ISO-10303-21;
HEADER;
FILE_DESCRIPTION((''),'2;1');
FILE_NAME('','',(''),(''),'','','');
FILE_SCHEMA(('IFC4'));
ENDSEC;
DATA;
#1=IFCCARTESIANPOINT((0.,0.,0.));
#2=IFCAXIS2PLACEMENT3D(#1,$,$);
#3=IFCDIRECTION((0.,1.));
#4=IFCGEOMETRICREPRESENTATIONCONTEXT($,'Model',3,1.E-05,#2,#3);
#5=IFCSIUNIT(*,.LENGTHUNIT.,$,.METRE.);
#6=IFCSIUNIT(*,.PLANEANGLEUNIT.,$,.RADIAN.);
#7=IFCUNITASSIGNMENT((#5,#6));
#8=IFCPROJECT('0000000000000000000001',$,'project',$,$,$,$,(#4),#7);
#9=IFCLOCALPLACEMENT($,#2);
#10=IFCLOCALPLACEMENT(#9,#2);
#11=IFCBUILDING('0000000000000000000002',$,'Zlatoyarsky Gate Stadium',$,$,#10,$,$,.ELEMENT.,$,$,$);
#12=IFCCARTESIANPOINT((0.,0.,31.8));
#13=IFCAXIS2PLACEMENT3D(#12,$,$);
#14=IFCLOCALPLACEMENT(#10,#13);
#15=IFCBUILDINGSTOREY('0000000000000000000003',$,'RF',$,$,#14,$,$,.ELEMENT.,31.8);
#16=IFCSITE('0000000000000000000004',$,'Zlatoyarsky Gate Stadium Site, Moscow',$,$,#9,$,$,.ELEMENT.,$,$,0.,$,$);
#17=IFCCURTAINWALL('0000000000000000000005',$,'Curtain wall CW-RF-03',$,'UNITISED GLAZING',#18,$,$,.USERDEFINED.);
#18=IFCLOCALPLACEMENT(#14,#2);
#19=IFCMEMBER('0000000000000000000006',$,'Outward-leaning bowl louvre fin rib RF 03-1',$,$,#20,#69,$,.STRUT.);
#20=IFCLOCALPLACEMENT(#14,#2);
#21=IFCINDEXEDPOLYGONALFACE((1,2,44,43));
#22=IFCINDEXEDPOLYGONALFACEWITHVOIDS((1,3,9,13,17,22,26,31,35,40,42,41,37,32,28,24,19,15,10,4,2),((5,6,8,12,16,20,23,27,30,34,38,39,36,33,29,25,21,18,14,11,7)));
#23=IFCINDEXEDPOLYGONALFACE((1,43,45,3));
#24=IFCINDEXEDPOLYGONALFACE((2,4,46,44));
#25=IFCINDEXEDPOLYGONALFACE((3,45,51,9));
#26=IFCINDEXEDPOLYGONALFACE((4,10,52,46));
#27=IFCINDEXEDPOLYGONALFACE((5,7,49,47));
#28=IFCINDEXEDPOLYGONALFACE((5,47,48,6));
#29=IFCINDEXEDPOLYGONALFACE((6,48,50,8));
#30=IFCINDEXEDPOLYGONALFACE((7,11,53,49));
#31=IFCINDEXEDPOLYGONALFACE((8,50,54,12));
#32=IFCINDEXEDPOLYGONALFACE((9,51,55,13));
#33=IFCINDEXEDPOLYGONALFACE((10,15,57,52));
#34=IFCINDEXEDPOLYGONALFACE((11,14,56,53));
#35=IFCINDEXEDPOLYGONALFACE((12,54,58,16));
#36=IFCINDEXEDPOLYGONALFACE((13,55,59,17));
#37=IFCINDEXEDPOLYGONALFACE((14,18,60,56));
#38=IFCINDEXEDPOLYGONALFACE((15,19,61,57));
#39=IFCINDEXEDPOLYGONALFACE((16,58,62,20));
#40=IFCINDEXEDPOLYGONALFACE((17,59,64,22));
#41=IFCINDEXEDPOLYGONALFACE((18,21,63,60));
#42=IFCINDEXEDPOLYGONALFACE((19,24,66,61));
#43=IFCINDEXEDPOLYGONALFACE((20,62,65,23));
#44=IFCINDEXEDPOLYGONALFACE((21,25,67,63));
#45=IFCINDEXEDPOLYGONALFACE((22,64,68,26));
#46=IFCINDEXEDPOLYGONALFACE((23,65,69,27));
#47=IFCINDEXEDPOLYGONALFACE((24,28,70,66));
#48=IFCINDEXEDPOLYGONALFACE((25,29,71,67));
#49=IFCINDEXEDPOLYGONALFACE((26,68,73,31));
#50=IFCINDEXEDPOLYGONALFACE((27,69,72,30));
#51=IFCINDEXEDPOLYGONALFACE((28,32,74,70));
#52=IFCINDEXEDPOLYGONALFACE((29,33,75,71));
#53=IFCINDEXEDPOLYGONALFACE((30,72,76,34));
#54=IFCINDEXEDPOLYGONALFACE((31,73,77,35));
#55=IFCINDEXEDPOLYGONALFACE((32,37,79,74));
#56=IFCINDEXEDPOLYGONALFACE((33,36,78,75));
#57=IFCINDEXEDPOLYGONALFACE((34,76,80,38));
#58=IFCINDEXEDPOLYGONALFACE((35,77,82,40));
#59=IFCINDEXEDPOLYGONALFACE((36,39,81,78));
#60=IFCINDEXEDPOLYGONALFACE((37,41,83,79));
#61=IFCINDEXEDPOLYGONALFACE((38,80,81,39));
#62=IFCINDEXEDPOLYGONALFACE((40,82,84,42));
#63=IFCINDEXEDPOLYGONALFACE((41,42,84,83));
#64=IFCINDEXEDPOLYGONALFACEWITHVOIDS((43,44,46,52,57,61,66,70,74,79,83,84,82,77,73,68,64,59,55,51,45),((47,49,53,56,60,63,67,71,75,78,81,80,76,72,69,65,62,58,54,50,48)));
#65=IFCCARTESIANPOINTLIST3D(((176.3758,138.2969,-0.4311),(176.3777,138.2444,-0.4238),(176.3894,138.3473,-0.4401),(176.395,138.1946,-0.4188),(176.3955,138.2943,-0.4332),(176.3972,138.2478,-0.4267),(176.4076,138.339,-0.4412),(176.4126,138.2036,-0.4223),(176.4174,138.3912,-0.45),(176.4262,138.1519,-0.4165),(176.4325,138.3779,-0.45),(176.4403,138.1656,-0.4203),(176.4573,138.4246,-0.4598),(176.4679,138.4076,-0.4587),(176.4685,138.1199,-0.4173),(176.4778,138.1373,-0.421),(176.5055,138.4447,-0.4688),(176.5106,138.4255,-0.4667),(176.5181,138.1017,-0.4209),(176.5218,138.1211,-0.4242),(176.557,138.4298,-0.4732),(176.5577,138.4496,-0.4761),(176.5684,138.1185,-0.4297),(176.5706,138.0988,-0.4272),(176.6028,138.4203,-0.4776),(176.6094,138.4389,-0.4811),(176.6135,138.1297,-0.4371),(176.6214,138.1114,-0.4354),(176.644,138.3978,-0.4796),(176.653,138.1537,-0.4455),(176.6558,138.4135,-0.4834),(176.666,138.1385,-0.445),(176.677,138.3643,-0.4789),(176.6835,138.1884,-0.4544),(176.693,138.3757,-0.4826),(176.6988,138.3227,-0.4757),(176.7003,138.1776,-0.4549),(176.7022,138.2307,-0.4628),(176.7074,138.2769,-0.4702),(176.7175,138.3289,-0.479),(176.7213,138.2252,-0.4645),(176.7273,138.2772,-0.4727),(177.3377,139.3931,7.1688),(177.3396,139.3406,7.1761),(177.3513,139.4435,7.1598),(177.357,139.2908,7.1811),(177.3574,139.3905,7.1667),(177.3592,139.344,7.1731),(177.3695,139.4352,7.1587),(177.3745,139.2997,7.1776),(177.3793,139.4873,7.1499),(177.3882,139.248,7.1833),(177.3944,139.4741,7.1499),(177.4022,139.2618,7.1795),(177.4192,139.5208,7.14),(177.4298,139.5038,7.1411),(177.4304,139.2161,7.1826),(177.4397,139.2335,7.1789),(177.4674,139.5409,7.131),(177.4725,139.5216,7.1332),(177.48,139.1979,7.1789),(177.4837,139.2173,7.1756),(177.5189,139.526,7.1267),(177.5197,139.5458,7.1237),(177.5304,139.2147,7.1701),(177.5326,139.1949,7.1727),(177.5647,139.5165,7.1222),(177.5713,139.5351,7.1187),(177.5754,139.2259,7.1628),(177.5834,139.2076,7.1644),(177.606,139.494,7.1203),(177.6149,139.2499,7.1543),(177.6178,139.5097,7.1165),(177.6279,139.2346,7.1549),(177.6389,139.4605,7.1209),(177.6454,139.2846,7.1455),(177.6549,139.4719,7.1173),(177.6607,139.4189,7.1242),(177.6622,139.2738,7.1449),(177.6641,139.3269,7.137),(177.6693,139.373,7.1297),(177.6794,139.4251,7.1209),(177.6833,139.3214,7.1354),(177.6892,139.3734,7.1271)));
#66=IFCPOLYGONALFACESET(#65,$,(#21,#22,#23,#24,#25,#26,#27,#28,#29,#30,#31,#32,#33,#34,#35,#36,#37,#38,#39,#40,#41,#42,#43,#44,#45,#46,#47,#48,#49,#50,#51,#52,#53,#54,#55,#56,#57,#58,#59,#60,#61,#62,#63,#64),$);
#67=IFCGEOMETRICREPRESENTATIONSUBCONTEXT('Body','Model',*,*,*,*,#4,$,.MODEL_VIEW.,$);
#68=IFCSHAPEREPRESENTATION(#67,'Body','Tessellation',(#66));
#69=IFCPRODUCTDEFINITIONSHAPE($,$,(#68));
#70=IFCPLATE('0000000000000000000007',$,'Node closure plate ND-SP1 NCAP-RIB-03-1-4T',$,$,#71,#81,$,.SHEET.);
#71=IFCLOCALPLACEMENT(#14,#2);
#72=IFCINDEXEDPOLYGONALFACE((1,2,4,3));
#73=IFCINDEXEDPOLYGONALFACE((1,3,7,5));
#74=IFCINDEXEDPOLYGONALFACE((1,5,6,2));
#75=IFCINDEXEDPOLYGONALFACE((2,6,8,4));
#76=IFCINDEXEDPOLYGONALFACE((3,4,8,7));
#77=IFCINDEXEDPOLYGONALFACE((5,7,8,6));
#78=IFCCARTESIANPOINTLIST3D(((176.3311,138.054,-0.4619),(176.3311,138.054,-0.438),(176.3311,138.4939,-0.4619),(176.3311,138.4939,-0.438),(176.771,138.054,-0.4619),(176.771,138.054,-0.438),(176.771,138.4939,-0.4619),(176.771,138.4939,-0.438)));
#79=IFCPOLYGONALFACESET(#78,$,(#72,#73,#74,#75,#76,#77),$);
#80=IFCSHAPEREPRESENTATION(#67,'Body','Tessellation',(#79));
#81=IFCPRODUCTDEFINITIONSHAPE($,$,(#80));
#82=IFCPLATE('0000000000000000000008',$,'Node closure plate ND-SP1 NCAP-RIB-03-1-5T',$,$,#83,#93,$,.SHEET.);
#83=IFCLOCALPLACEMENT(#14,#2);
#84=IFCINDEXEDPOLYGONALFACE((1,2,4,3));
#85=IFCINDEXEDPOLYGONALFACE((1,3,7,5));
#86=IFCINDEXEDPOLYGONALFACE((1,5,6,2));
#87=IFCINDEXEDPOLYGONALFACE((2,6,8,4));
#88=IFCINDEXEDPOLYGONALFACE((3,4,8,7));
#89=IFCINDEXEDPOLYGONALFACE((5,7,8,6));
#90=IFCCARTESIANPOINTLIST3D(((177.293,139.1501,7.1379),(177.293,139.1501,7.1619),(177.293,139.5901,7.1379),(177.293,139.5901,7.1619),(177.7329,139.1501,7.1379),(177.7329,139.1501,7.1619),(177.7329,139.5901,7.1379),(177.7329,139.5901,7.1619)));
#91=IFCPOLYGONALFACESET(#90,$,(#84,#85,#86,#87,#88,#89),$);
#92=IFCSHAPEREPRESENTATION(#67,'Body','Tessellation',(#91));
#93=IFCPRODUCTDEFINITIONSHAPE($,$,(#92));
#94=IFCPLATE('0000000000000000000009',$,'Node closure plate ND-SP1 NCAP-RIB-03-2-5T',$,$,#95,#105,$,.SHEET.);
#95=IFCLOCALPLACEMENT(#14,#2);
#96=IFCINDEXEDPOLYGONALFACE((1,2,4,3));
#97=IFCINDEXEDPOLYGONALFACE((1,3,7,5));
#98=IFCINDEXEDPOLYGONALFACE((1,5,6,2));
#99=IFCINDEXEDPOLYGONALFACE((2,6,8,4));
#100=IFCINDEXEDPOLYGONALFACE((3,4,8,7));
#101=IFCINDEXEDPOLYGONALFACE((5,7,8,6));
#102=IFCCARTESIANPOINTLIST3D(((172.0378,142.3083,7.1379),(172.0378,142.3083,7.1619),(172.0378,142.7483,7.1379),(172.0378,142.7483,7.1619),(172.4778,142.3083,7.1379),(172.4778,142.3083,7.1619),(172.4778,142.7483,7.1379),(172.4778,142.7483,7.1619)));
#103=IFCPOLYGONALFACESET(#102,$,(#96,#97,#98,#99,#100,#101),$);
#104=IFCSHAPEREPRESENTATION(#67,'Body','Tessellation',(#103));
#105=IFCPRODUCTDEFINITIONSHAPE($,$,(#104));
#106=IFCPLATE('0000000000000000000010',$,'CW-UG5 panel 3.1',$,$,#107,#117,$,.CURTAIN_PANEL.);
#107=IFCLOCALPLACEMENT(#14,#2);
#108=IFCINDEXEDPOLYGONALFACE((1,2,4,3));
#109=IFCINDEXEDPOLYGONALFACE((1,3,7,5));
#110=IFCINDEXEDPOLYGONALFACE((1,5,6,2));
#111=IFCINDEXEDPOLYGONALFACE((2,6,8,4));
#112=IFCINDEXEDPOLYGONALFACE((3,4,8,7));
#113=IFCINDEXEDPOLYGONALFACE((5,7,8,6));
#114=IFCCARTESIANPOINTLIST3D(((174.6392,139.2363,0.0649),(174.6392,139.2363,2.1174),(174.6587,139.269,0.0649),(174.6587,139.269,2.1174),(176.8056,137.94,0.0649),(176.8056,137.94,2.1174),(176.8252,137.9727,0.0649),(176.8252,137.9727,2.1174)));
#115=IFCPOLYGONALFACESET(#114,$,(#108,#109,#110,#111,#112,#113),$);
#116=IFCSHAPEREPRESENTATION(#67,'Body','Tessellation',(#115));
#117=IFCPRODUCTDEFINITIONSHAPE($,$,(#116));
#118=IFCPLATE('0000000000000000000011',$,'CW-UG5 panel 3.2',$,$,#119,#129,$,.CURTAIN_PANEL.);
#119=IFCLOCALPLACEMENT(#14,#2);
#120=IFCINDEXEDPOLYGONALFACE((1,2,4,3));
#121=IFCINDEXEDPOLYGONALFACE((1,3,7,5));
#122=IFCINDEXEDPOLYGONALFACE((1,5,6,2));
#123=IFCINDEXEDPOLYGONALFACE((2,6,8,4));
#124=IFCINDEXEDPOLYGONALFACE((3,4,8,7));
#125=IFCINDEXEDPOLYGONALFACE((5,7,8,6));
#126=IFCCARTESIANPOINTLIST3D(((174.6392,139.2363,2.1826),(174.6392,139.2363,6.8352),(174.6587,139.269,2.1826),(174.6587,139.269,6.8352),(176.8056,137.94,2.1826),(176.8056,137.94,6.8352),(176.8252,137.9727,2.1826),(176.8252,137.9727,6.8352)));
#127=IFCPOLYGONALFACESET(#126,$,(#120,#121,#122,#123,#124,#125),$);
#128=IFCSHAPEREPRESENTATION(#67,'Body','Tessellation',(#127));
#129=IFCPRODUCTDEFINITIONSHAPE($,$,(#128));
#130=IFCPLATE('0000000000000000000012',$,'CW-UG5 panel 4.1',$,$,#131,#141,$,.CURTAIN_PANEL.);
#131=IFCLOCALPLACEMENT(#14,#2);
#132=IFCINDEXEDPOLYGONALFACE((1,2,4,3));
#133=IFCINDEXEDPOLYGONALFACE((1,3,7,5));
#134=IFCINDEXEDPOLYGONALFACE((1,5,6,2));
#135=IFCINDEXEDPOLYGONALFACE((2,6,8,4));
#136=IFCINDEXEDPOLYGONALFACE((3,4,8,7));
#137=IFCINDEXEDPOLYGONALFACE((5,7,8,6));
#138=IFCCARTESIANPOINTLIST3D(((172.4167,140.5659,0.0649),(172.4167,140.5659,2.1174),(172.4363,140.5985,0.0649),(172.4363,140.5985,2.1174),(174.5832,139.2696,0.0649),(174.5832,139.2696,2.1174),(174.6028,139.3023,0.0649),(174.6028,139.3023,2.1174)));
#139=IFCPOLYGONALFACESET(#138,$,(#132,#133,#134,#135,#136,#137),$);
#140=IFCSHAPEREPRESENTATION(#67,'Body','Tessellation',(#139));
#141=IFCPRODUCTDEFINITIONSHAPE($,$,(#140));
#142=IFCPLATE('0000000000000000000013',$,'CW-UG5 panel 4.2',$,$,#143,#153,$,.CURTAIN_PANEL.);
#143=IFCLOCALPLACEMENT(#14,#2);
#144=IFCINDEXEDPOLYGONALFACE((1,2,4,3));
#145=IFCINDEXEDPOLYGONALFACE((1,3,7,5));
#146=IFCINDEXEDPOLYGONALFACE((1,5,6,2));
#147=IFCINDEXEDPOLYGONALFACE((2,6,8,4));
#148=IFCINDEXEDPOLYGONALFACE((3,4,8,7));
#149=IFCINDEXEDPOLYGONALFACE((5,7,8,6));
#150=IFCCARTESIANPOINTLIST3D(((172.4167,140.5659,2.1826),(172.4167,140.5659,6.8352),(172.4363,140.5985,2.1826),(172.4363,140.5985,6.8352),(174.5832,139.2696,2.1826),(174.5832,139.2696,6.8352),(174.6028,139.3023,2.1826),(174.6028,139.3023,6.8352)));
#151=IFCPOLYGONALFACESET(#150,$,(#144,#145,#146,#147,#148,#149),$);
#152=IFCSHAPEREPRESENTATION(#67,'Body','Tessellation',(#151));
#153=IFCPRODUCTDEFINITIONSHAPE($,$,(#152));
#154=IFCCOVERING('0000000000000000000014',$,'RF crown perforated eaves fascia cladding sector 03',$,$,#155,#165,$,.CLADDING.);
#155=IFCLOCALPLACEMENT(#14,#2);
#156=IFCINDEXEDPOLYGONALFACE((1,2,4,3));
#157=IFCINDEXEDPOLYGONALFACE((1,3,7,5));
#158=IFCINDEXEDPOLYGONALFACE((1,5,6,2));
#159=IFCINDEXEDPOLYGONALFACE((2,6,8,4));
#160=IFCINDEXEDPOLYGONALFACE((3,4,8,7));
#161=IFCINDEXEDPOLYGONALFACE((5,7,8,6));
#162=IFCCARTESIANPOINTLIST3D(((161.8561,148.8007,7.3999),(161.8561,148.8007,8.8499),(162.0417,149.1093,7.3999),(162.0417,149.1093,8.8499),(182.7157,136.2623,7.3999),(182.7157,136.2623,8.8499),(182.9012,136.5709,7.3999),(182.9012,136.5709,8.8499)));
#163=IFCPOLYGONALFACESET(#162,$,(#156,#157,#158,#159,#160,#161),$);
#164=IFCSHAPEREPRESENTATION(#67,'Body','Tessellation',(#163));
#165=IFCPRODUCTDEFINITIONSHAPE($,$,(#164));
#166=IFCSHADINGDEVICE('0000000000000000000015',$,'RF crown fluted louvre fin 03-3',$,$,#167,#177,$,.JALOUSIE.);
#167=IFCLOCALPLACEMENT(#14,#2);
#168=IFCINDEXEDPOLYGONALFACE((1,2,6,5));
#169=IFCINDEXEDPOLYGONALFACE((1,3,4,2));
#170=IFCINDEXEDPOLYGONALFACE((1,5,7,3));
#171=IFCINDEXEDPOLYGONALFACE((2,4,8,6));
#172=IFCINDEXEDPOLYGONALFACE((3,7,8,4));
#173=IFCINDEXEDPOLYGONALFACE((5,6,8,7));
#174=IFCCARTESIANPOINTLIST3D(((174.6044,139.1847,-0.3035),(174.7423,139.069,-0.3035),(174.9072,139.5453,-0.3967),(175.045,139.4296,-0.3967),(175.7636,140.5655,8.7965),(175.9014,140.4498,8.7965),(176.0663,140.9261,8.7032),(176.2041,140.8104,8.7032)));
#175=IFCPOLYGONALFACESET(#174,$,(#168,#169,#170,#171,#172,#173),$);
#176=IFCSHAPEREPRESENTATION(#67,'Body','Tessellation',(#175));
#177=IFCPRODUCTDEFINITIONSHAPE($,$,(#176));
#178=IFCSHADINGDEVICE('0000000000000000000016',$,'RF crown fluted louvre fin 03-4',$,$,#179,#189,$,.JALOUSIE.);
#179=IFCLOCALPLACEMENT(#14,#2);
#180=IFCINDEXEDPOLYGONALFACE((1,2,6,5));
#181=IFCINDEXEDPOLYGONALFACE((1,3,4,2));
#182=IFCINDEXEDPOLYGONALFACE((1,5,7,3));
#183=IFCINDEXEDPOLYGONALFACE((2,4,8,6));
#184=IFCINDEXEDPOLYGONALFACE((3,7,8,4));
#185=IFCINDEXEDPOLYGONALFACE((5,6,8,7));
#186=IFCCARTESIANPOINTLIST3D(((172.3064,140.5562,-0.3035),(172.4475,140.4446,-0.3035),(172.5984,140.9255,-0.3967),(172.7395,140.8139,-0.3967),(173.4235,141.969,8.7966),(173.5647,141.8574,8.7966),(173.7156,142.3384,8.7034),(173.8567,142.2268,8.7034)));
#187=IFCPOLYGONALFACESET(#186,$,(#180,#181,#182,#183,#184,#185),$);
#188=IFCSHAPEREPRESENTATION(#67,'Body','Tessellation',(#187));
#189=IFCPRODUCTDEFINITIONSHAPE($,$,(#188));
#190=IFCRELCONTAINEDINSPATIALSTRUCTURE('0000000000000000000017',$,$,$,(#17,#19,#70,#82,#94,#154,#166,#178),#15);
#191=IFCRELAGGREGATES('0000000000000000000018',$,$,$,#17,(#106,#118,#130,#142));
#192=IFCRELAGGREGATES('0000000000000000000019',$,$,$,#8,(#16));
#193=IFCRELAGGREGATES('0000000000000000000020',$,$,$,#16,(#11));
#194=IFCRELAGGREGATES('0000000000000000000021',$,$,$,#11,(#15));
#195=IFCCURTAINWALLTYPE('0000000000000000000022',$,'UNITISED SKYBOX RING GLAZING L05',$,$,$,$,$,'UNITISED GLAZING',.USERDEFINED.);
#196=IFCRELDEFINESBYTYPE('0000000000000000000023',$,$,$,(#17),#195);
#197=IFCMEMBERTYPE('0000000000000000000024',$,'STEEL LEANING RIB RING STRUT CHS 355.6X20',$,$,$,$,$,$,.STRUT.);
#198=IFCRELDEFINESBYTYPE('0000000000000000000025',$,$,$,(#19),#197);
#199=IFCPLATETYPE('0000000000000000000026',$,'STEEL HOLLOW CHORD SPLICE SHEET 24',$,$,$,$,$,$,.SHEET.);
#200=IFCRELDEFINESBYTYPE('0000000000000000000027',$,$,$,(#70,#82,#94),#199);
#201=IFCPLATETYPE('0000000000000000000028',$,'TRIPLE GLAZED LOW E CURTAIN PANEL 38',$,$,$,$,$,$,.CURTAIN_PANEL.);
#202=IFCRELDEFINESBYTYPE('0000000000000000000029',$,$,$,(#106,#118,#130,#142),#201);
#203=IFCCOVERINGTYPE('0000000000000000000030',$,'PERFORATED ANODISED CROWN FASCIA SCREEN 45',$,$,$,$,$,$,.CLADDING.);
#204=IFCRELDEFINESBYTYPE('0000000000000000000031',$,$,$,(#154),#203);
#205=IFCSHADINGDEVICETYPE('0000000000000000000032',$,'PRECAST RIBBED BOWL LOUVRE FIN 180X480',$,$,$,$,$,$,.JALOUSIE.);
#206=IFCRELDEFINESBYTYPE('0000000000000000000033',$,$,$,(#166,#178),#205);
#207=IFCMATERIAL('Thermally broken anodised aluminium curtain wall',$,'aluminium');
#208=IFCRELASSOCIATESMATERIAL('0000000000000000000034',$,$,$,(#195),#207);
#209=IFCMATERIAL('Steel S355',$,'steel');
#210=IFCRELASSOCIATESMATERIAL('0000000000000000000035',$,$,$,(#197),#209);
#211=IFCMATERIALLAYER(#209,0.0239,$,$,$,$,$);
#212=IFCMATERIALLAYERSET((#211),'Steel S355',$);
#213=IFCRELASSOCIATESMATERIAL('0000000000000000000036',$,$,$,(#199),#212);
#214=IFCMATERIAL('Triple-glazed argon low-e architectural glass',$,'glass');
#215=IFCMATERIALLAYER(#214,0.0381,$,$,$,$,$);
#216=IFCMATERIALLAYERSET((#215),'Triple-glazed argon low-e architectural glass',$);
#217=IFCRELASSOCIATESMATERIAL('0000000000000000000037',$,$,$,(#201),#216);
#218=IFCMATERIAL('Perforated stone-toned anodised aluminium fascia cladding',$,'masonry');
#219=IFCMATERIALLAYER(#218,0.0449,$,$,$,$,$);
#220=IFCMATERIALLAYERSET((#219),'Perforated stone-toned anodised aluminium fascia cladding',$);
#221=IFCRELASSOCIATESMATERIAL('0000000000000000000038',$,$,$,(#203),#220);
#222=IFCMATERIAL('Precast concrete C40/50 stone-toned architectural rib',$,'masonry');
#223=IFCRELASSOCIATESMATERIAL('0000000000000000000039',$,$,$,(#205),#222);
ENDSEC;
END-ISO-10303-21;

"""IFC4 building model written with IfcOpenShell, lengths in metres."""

from ifc_helpers import new_model, si_unit, direction, frame, origin, origin_2d, place, context, subcontext, project, spatial, rectangle, hollow_circle, extrude, material, layer, layer_set, material_profile, profile_set, type_object, element, aggregate, save


model = new_model("IFC4")

# Units and contexts
model_context = context("Model", 3, precision=1e-05, world=origin(), true_north=direction((0.0, 1.0)))
body_context = subcontext(model_context, "Body", "Model", "MODEL_VIEW")
ifc_project = project(units=[si_unit("LENGTHUNIT", "METRE"), si_unit("PLANEANGLEUNIT", "RADIAN")], contexts=[model_context])

# Site, building, storey
site_placement = place(None, origin())
site = spatial("IfcSite", under=ifc_project, at=site_placement, Name="Zlatoyarsky Gate Stadium Site, Moscow", CompositionType="ELEMENT", RefElevation=0.0)
building_placement = place(site_placement, origin())
building = spatial("IfcBuilding", under=site, at=building_placement, Name="Zlatoyarsky Gate Stadium", CompositionType="ELEMENT")
storey_placement = place(building_placement, frame((0.0, 0.0, 31.8)))
storey = spatial("IfcBuildingStorey", under=building, at=storey_placement, Name="RF", CompositionType="ELEMENT", Elevation=31.8)

# Curtain wall
ifc_material_1 = material(Name="Thermally broken anodised aluminium curtain wall", Category="aluminium")
curtain_wall_type = type_object("IfcCurtainWallType", Name="UNITISED SKYBOX RING GLAZING L05", ElementType="UNITISED GLAZING", PredefinedType="USERDEFINED", material=ifc_material_1)
curtain_wall_placement = place(storey_placement, origin())
curtain_wall = element("IfcCurtainWall", 1, at=curtain_wall_placement, inside=storey, type_object=curtain_wall_type, Name="Curtain wall CW-RF-03", ObjectType="UNITISED GLAZING", PredefinedType="USERDEFINED")

# Member
ifc_material_2 = material(Name="Steel S355", Category="steel")
ifc_material_profile_1 = material_profile(ifc_material_2, hollow_circle(Radius=0.1777, WallThickness=0.02, at=origin_2d()), Name="CHS 355.6X20")
ifc_profile_set_1 = profile_set([ifc_material_profile_1], Name="Steel S355")
member_type_1 = type_object("IfcMemberType", Name="STEEL LEANING RIB RING STRUT CHS 355.6X20", PredefinedType="STRUT", material=ifc_profile_set_1)
member_1_placement = place(storey_placement, frame((176.551, 138.2739, -0.45), z_axis=(0.124302, 0.141654, 0.982081), x_axis=(-0.751643, 0.659571, 0.0)))
element("IfcMember", 2, at=member_1_placement, inside=storey, type_object=member_type_1, Name="Outward-leaning bowl louvre fin rib RF 03-1", PredefinedType="STRUT", context=body_context, shape_type="SweptSolid", body=[
    extrude(hollow_circle(Radius=0.1777, WallThickness=0.02, at=origin_2d()), origin(), (0.0, 0.0, 1.0), 7.7385),
])

# Plates
ifc_layer_1 = layer(ifc_material_2, 0.0239)
ifc_layer_set_1 = layer_set([ifc_layer_1], Name="Steel S355")
plate_type_1 = type_object("IfcPlateType", Name="STEEL HOLLOW CHORD SPLICE SHEET 24", PredefinedType="SHEET", material=ifc_layer_set_1)
for number, where, z_axis, x_axis, name in (
    (3, (176.551, 138.2739, -0.4619), (0.0, 0.0, 1.0), (1.0, 0.0, 0.0), "Node closure plate ND-SP1 NCAP-RIB-03-1-4T"),
    (4, (177.5129, 139.3701, 7.1379), (0.0, 0.0, 1.0), (1.0, 0.0, 0.0), "Node closure plate ND-SP1 NCAP-RIB-03-1-5T"),
    (5, (172.2578, 142.5283, 7.1379), (0.0, 0.0, 1.0), (1.0, 0.0, 0.0), "Node closure plate ND-SP1 NCAP-RIB-03-2-5T"),
):
    element("IfcPlate", number, at=place(storey_placement, frame(where, z_axis=z_axis, x_axis=x_axis)), inside=storey, type_object=plate_type_1, Name=name, PredefinedType="SHEET", context=body_context, shape_type="SweptSolid", body=[
        extrude(rectangle(XDim=0.4399, YDim=0.4399, at=origin_2d()), origin(), (0.0, 0.0, 1.0), 0.0239),
    ])

# Plates
ifc_material_3 = material(Name="Triple-glazed argon low-e architectural glass", Category="glass")
ifc_layer_2 = layer(ifc_material_3, 0.0381)
ifc_layer_set_2 = layer_set([ifc_layer_2], Name="Triple-glazed argon low-e architectural glass")
plate_type_2 = type_object("IfcPlateType", Name="TRIPLE GLAZED LOW E CURTAIN PANEL 38", PredefinedType="CURTAIN_PANEL", material=ifc_layer_set_2)
plate_1_placement = place(storey_placement, frame((175.7322, 138.6045, 0.0649), z_axis=(0.0, 0.0, 1.0), x_axis=(-0.858128, 0.513436, 0.0)))
plate_1 = element("IfcPlate", 6, at=plate_1_placement, type_object=plate_type_2, Name="CW-UG5 panel 3.1", PredefinedType="CURTAIN_PANEL", context=body_context, shape_type="SweptSolid", body=[
    extrude(rectangle(XDim=2.5247, YDim=0.0381, at=origin_2d()), origin(), (0.0, 0.0, 1.0), 2.0525),
])
plate_2_placement = place(storey_placement, frame((175.7322, 138.6045, 2.1826), z_axis=(0.0, 0.0, 1.0), x_axis=(-0.858128, 0.513436, 0.0)))
plate_2 = element("IfcPlate", 7, at=plate_2_placement, type_object=plate_type_2, Name="CW-UG5 panel 3.2", PredefinedType="CURTAIN_PANEL", context=body_context, shape_type="SweptSolid", body=[
    extrude(rectangle(XDim=2.5247, YDim=0.0381, at=origin_2d()), origin(), (0.0, 0.0, 1.0), 4.6526),
])
plate_3_placement = place(storey_placement, frame((173.5098, 139.9341, 0.0649), z_axis=(0.0, 0.0, 1.0), x_axis=(-0.858128, 0.513436, 0.0)))
plate_3 = element("IfcPlate", 8, at=plate_3_placement, type_object=plate_type_2, Name="CW-UG5 panel 4.1", PredefinedType="CURTAIN_PANEL", context=body_context, shape_type="SweptSolid", body=[
    extrude(rectangle(XDim=2.5247, YDim=0.0381, at=origin_2d()), origin(), (0.0, 0.0, 1.0), 2.0525),
])
plate_4_placement = place(storey_placement, frame((173.5098, 139.9341, 2.1826), z_axis=(0.0, 0.0, 1.0), x_axis=(-0.858128, 0.513436, 0.0)))
plate_4 = element("IfcPlate", 9, at=plate_4_placement, type_object=plate_type_2, Name="CW-UG5 panel 4.2", PredefinedType="CURTAIN_PANEL", context=body_context, shape_type="SweptSolid", body=[
    extrude(rectangle(XDim=2.5247, YDim=0.0381, at=origin_2d()), origin(), (0.0, 0.0, 1.0), 4.6526),
])
aggregate(curtain_wall, [plate_1, plate_2, plate_3, plate_4])

# Covering
ifc_material_4 = material(Name="Perforated stone-toned anodised aluminium fascia cladding", Category="masonry")
ifc_layer_3 = layer(ifc_material_4, 0.0449)
ifc_layer_set_3 = layer_set([ifc_layer_3], Name="Perforated stone-toned anodised aluminium fascia cladding")
covering_type = type_object("IfcCoveringType", Name="PERFORATED ANODISED CROWN FASCIA SCREEN 45", PredefinedType="CLADDING", material=ifc_layer_set_3)
covering_placement = place(storey_placement, frame((172.3787, 142.6858, 7.3999), z_axis=(0.0, 0.0, 1.0), x_axis=(-0.857081, 0.515182, 0.0)))
element("IfcCovering", 10, at=covering_placement, inside=storey, type_object=covering_type, Name="RF crown perforated eaves fascia cladding sector 03", PredefinedType="CLADDING", context=body_context, shape_type="SweptSolid", body=[
    extrude(rectangle(XDim=24.3379, YDim=0.3601, at=origin_2d()), origin(), (0.0, 0.0, 1.0), 1.45),
])

# Shading devices
ifc_material_5 = material(Name="Precast concrete C40/50 stone-toned architectural rib", Category="masonry")
ifc_material_profile_2 = material_profile(ifc_material_5, rectangle(XDim=0.1799, YDim=0.48, at=origin_2d()), Name="RIB 180X480")
ifc_profile_set_2 = profile_set([ifc_material_profile_2], Name="Precast concrete C40/50 stone-toned architectural rib")
shading_device_type = type_object("IfcShadingDeviceType", Name="PRECAST RIBBED BOWL LOUVRE FIN 180X480", PredefinedType="JALOUSIE", material=ifc_profile_set_2)
shading_device_1_placement = place(storey_placement, frame((174.8247, 139.3071, -0.3501), z_axis=(0.124952, 0.148848, 0.980934), x_axis=(-0.765908, 0.642951, 0.0)))
element("IfcShadingDevice", 11, at=shading_device_1_placement, inside=storey, type_object=shading_device_type, Name="RF crown fluted louvre fin 03-3", PredefinedType="JALOUSIE", context=body_context, shape_type="SweptSolid", body=[
    extrude(rectangle(XDim=0.1799, YDim=0.48, at=origin_2d()), origin(), (0.0, 0.0, 1.0), 9.2769),
])
shading_device_2_placement = place(storey_placement, frame((172.5229, 140.6851, -0.3501), z_axis=(0.12043, 0.152301, 0.980969), x_axis=(-0.7844, 0.620255, 0.0)))
element("IfcShadingDevice", 12, at=shading_device_2_placement, inside=storey, type_object=shading_device_type, Name="RF crown fluted louvre fin 03-4", PredefinedType="JALOUSIE", context=body_context, shape_type="SweptSolid", body=[
    extrude(rectangle(XDim=0.1799, YDim=0.48, at=origin_2d()), origin(), (0.0, 0.0, 1.0), 9.2766),
])

save(model, "model.ifc")
